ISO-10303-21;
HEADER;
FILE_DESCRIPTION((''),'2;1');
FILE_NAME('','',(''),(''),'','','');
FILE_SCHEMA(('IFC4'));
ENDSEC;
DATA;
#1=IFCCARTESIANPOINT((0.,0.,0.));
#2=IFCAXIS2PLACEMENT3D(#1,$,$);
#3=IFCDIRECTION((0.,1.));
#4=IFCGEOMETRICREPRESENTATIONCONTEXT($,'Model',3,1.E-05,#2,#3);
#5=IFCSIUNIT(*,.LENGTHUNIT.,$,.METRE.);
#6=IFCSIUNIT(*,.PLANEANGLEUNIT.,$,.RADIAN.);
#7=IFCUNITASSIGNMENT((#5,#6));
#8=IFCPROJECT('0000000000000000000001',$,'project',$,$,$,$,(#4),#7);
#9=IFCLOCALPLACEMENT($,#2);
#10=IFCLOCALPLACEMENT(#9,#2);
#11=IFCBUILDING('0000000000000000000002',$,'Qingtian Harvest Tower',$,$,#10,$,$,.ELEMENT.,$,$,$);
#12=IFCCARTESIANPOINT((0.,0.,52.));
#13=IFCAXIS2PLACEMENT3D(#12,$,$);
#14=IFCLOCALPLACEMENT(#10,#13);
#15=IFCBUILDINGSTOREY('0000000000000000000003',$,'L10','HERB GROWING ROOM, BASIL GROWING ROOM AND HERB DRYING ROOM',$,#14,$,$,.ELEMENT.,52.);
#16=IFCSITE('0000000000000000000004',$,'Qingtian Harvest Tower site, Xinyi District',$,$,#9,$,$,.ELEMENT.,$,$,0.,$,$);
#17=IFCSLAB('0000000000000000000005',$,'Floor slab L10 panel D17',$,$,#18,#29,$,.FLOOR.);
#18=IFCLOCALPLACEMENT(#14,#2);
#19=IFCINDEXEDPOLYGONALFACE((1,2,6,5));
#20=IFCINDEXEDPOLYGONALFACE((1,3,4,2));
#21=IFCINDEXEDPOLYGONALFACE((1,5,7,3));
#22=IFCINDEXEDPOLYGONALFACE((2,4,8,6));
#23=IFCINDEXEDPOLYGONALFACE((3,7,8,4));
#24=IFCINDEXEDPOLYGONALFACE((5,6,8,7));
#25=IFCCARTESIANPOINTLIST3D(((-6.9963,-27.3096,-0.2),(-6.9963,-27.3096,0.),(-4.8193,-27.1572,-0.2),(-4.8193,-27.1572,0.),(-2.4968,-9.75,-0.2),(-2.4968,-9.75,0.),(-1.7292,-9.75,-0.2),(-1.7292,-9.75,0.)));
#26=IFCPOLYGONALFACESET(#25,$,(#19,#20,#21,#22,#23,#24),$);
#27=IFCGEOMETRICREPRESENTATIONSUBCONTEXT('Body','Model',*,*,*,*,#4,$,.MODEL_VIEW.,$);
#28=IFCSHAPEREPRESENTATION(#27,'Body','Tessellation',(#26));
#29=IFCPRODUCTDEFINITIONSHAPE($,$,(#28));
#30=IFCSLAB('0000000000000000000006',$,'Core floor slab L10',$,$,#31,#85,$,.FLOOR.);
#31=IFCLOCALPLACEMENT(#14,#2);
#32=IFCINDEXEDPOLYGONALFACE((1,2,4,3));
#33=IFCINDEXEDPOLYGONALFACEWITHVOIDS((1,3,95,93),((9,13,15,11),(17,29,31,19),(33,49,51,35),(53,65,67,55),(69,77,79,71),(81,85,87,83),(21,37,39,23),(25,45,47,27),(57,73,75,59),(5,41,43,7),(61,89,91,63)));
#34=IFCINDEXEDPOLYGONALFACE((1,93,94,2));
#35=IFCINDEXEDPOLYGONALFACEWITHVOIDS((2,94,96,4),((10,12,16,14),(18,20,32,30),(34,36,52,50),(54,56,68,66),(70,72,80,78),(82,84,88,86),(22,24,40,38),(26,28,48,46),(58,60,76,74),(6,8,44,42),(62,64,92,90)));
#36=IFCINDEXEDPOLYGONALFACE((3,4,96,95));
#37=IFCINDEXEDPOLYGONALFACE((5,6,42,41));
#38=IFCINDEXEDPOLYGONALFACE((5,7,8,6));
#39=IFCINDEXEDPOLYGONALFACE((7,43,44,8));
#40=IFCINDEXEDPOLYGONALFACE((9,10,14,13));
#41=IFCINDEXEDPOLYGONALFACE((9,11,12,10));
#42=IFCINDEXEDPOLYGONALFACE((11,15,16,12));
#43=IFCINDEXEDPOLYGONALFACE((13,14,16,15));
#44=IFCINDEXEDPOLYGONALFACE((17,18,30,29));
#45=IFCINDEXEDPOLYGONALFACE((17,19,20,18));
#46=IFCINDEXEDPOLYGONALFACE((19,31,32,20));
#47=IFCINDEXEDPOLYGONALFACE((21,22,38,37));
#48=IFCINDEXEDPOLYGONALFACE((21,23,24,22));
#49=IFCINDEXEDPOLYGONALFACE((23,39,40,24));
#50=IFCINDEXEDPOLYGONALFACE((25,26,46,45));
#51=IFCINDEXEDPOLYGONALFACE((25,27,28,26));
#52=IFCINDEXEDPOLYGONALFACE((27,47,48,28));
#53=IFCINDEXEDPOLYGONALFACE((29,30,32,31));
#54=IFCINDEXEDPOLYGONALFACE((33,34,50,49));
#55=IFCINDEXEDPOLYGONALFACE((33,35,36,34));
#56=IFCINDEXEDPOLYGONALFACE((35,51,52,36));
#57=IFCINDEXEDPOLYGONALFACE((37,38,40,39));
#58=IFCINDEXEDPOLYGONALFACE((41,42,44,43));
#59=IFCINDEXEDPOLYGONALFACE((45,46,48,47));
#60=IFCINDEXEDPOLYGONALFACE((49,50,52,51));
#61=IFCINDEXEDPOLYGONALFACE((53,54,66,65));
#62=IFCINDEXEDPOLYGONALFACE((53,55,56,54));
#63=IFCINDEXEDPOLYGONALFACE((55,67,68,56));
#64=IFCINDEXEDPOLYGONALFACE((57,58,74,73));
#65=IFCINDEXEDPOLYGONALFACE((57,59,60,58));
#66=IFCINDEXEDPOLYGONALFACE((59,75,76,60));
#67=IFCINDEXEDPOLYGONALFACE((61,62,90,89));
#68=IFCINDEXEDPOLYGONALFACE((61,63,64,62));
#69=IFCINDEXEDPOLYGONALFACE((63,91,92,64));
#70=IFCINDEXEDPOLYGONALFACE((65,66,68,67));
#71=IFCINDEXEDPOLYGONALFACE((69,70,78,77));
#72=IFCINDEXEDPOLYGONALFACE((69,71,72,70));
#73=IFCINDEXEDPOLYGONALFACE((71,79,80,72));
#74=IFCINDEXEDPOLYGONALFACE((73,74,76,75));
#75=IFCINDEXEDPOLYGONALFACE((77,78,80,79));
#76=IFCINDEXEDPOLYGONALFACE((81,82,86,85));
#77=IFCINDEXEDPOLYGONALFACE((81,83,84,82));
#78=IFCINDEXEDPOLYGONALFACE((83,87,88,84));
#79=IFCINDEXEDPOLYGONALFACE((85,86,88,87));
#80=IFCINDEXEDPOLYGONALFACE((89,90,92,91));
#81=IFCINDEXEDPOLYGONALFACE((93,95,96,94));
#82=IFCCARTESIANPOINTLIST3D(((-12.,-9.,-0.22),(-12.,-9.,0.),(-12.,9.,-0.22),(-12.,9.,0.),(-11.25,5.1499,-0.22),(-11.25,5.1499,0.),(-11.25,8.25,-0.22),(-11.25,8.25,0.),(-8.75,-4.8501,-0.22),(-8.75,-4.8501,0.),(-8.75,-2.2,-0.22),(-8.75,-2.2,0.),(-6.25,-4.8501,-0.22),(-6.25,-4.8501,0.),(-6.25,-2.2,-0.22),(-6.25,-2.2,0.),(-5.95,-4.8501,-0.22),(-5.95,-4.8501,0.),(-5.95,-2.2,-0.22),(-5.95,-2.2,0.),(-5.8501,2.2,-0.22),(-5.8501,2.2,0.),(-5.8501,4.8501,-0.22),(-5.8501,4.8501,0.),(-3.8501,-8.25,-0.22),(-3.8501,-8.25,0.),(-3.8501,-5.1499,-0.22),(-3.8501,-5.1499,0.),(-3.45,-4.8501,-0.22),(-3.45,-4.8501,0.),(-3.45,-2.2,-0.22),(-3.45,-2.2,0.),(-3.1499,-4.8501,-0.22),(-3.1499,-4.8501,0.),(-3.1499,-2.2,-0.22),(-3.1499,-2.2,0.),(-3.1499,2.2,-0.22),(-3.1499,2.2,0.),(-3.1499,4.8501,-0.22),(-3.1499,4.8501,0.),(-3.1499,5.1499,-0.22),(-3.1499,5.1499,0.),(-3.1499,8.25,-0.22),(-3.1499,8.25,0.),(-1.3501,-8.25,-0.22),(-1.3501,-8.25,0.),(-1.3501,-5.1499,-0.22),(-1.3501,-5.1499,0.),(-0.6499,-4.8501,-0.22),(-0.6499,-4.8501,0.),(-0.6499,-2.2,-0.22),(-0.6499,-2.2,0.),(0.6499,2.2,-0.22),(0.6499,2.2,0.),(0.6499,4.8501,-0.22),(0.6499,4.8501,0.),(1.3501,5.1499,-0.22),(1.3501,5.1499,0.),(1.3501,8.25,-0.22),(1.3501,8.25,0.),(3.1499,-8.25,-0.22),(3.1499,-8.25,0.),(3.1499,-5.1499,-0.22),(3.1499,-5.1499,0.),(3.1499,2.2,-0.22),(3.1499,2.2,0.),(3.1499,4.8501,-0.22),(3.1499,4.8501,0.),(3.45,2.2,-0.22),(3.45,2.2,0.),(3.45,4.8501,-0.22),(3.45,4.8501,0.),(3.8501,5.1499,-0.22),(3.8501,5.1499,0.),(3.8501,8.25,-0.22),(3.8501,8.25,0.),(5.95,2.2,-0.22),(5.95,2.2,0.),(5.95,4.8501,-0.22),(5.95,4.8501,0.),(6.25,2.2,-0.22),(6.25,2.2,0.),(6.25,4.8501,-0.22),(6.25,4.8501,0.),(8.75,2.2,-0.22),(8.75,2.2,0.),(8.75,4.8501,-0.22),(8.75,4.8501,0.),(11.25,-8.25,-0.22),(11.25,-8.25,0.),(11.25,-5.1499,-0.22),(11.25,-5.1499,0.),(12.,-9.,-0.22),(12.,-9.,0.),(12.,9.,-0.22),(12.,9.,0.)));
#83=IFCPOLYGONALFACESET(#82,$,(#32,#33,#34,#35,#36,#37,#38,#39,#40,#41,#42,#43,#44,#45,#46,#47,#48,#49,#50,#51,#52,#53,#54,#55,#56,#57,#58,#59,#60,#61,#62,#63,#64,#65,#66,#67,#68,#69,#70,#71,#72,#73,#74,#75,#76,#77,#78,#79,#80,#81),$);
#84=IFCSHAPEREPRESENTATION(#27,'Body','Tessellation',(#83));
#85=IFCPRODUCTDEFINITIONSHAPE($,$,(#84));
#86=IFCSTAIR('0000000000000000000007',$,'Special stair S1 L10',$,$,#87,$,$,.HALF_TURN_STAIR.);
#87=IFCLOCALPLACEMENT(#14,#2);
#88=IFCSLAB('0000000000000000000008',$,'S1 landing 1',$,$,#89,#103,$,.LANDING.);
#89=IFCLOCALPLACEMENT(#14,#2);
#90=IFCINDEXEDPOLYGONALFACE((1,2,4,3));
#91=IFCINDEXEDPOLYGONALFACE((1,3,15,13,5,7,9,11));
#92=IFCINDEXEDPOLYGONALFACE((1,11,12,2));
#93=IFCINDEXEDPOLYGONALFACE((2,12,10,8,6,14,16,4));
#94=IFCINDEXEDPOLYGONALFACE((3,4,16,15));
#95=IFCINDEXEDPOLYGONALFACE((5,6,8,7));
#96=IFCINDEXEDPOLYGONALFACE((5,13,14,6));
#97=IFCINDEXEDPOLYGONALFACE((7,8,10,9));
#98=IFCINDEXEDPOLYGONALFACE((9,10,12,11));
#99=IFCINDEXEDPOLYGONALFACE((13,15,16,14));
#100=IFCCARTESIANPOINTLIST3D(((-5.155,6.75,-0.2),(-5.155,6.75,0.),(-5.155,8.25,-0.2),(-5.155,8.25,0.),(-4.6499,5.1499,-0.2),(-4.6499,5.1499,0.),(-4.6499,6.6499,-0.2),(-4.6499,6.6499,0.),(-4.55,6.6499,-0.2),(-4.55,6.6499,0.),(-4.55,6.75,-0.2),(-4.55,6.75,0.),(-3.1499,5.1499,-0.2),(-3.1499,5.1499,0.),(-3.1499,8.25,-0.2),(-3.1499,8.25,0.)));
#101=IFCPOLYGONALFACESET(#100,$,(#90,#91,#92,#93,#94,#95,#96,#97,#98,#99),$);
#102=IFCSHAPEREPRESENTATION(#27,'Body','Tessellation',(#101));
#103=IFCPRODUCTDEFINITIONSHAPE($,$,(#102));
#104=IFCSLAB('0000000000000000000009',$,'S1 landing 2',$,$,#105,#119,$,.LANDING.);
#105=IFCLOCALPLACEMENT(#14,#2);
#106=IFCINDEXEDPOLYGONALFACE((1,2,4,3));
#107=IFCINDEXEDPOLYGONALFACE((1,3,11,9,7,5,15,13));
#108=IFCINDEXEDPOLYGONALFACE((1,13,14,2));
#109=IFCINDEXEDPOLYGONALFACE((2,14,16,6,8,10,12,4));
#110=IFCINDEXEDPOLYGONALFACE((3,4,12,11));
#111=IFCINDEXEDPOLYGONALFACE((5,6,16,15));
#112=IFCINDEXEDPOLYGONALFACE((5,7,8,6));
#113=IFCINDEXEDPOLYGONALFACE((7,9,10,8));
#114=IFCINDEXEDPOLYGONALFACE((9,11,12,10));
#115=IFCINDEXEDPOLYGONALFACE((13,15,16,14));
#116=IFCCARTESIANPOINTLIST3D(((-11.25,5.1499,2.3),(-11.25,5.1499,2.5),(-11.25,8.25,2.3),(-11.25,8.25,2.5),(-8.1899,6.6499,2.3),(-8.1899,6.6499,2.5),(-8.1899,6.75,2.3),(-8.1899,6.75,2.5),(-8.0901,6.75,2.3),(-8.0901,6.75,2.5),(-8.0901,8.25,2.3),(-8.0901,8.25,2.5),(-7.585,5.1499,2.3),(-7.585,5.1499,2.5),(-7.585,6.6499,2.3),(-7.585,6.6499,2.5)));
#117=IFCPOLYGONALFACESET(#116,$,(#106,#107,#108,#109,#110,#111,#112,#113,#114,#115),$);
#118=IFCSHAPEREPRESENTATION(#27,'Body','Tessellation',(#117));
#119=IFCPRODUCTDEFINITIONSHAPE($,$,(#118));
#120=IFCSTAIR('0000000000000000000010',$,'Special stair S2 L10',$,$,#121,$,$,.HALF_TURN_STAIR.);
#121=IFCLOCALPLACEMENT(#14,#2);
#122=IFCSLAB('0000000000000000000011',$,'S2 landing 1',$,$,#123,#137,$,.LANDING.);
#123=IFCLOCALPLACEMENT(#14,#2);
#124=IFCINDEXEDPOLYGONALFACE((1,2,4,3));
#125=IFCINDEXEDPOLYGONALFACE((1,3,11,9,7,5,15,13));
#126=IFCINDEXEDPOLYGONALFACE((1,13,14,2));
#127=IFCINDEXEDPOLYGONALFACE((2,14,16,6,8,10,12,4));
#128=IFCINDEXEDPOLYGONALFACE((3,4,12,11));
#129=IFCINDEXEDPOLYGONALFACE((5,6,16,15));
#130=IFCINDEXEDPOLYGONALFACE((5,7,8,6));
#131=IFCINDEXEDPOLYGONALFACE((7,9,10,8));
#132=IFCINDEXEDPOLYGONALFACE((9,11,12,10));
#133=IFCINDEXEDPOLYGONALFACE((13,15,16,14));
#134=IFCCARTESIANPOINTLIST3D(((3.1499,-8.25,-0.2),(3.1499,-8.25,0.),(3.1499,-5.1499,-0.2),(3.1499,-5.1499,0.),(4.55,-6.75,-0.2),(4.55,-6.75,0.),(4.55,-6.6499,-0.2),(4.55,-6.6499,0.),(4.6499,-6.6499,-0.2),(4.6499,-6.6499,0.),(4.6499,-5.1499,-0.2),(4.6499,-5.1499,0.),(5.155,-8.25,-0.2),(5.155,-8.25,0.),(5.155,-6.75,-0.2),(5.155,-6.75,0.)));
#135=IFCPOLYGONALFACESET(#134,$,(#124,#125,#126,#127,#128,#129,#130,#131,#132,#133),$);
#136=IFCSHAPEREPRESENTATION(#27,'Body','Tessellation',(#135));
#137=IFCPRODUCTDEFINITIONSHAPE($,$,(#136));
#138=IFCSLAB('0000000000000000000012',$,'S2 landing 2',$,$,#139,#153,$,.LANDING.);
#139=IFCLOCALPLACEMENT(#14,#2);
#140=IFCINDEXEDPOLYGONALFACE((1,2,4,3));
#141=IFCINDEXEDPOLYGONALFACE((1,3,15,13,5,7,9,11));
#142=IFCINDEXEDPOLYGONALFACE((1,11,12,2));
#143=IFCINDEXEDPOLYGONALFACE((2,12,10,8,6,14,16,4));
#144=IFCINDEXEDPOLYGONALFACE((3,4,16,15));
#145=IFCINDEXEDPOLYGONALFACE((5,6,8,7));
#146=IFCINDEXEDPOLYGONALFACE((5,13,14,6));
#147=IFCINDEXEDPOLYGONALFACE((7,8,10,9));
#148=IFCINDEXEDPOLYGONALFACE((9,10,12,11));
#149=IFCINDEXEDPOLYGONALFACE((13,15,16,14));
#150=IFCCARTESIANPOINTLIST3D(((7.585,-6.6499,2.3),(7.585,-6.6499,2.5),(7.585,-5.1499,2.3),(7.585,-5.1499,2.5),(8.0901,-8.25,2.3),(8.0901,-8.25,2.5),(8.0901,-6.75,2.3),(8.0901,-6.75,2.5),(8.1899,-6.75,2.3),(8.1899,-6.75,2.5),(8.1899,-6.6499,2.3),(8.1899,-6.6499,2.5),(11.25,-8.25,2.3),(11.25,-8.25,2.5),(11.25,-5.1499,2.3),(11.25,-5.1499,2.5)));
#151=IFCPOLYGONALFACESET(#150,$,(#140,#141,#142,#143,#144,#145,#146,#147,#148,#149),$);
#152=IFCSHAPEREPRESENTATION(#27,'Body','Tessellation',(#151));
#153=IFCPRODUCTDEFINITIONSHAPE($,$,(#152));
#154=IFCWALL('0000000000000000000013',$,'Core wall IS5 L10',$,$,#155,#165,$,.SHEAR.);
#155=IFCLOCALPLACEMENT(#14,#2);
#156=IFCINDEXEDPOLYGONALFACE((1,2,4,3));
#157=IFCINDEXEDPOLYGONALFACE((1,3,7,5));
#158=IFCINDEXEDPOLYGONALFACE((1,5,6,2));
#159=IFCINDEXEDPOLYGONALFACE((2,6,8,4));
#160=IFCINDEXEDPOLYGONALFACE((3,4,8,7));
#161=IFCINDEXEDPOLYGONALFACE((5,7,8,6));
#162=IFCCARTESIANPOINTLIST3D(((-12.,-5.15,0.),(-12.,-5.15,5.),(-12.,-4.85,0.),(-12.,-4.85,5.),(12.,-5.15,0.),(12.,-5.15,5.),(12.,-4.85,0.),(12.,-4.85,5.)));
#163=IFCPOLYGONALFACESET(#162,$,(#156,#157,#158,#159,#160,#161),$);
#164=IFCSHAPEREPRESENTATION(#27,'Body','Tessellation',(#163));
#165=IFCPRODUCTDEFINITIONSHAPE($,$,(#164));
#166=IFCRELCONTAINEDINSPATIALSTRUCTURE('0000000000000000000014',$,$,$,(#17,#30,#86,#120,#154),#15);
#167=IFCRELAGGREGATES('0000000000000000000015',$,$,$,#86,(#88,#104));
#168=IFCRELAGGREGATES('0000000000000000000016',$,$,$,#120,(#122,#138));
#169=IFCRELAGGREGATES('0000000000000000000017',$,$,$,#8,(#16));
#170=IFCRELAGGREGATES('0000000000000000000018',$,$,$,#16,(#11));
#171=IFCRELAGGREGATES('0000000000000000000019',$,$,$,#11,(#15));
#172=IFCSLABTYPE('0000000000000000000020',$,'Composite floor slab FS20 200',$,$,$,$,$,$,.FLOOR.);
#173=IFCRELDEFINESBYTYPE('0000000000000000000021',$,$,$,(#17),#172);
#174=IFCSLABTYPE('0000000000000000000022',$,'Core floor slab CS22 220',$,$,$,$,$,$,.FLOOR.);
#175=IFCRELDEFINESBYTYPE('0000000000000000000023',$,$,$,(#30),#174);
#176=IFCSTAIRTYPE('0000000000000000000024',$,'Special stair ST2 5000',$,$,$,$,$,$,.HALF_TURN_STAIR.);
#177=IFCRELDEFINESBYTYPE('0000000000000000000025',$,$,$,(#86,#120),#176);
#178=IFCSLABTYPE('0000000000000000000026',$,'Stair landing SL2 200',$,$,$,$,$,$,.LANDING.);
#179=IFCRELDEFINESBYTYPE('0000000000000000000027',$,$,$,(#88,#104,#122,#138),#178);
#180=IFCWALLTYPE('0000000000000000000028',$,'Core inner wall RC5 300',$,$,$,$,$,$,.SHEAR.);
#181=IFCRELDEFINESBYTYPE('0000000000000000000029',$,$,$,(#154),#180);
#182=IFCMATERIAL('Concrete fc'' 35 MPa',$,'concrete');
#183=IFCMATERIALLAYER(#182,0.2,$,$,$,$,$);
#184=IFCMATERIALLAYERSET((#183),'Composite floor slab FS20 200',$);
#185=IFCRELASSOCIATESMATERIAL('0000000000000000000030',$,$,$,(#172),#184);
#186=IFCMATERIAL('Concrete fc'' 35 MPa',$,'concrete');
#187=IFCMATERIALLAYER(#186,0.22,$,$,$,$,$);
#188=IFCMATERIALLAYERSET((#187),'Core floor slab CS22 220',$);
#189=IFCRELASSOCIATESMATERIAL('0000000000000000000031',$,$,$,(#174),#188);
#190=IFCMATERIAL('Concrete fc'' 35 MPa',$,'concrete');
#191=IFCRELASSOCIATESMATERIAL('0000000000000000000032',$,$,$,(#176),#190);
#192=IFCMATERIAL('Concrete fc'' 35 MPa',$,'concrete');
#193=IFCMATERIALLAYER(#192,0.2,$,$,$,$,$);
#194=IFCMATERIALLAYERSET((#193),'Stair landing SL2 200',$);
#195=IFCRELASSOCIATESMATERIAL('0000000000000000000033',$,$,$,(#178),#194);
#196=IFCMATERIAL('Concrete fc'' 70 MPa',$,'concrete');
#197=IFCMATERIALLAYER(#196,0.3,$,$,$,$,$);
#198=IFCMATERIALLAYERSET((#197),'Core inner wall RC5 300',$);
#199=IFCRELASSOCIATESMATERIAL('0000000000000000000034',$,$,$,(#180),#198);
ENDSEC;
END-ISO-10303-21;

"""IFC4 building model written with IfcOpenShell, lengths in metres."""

from ifc_helpers import new_model, si_unit, direction, frame, frame_2d, origin, place, context, subcontext, project, spatial, polyline, rectangle, outline, extrude, material, layer, layer_set, type_object, element, aggregate, save


model = new_model("IFC4")

# Units and contexts
model_context = context("Model", 3, precision=1e-05, world=origin(), true_north=direction((0.0, 1.0)))
body_context = subcontext(model_context, "Body", "Model", "MODEL_VIEW")
ifc_project = project(units=[si_unit("LENGTHUNIT", "METRE"), si_unit("PLANEANGLEUNIT", "RADIAN")], contexts=[model_context])

# Site, building, storey
site_placement = place(None, origin())
site = spatial("IfcSite", under=ifc_project, at=site_placement, Name="Qingtian Harvest Tower site, Xinyi District", CompositionType="ELEMENT", RefElevation=0.0)
building_placement = place(site_placement, origin())
building = spatial("IfcBuilding", under=site, at=building_placement, Name="Qingtian Harvest Tower", CompositionType="ELEMENT")
storey_placement = place(building_placement, frame((0.0, 0.0, 52.0)))
storey = spatial("IfcBuildingStorey", under=building, at=storey_placement, Name="L10", Description="HERB GROWING ROOM, BASIL GROWING ROOM AND HERB DRYING ROOM", CompositionType="ELEMENT", Elevation=52.0)

# Slabs
ifc_material_1 = material(Name="Concrete fc' 35 MPa", Category="concrete")
ifc_layer_1 = layer(ifc_material_1, 0.2)
ifc_layer_set_1 = layer_set([ifc_layer_1], Name="Composite floor slab FS20 200")
slab_type_1 = type_object("IfcSlabType", Name="Composite floor slab FS20 200", PredefinedType="FLOOR", material=ifc_layer_set_1)
slab_1_placement = place(storey_placement, frame((0.0, 0.0, -0.2)))
element("IfcSlab", 1, at=slab_1_placement, inside=storey, type_object=slab_type_1, Name="Floor slab L10 panel D17", PredefinedType="FLOOR", context=body_context, shape_type="SweptSolid", body=[
    extrude(outline(polyline([(-1.7292, -9.75), (-4.8193, -27.1572), (-6.9963, -27.3096), (-2.4968, -9.75), (-1.7292, -9.75)])), origin(), (0.0, 0.0, 1.0), 0.2),
])
ifc_material_2 = material(Name="Concrete fc' 35 MPa", Category="concrete")
ifc_layer_2 = layer(ifc_material_2, 0.22)
ifc_layer_set_2 = layer_set([ifc_layer_2], Name="Core floor slab CS22 220")
slab_type_2 = type_object("IfcSlabType", Name="Core floor slab CS22 220", PredefinedType="FLOOR", material=ifc_layer_set_2)
slab_2_placement = place(storey_placement, frame((0.0, 0.0, -0.22)))
element("IfcSlab", 2, at=slab_2_placement, inside=storey, type_object=slab_type_2, Name="Core floor slab L10", PredefinedType="FLOOR", context=body_context, shape_type="SweptSolid", body=[
    extrude(outline(polyline([(-12.0, -9.0), (12.0, -9.0), (12.0, 9.0), (-12.0, 9.0), (-12.0, -9.0)]), holes=[polyline([(-11.25, 5.1499), (-3.1499, 5.1499), (-3.1499, 8.25), (-11.25, 8.25), (-11.25, 5.1499)]), polyline([(3.1499, -8.25), (11.25, -8.25), (11.25, -5.1499), (3.1499, -5.1499), (3.1499, -8.25)]), polyline([(1.3501, 5.1499), (3.8501, 5.1499), (3.8501, 8.25), (1.3501, 8.25), (1.3501, 5.1499)]), polyline([(-3.8501, -8.25), (-1.3501, -8.25), (-1.3501, -5.1499), (-3.8501, -5.1499), (-3.8501, -8.25)]), polyline([(-5.8501, 2.2), (-3.1499, 2.2), (-3.1499, 4.8501), (-5.8501, 4.8501), (-5.8501, 2.2)]), polyline([(0.6499, 2.2), (3.1499, 2.2), (3.1499, 4.8501), (0.6499, 4.8501), (0.6499, 2.2)]), polyline([(3.45, 2.2), (5.95, 2.2), (5.95, 4.8501), (3.45, 4.8501), (3.45, 2.2)]), polyline([(6.25, 2.2), (8.75, 2.2), (8.75, 4.8501), (6.25, 4.8501), (6.25, 2.2)]), polyline([(-8.75, -4.8501), (-6.25, -4.8501), (-6.25, -2.2), (-8.75, -2.2), (-8.75, -4.8501)]), polyline([(-5.95, -4.8501), (-3.45, -4.8501), (-3.45, -2.2), (-5.95, -2.2), (-5.95, -4.8501)]), polyline([(-3.1499, -4.8501), (-0.6499, -4.8501), (-0.6499, -2.2), (-3.1499, -2.2), (-3.1499, -4.8501)])]), origin(), (0.0, 0.0, 1.0), 0.22),
])

# Stairs, slabs
ifc_material_3 = material(Name="Concrete fc' 35 MPa", Category="concrete")
stair_type = type_object("IfcStairType", Name="Special stair ST2 5000", PredefinedType="HALF_TURN_STAIR", material=ifc_material_3)
stair_1_placement = place(storey_placement, origin())
stair_1 = element("IfcStair", 3, at=stair_1_placement, inside=storey, type_object=stair_type, Name="Special stair S1 L10", PredefinedType="HALF_TURN_STAIR")
ifc_material_4 = material(Name="Concrete fc' 35 MPa", Category="concrete")
ifc_layer_3 = layer(ifc_material_4, 0.2)
ifc_layer_set_3 = layer_set([ifc_layer_3], Name="Stair landing SL2 200")
slab_type_3 = type_object("IfcSlabType", Name="Stair landing SL2 200", PredefinedType="LANDING", material=ifc_layer_set_3)
slab_3_placement = place(storey_placement, frame((0.0, 0.0, -0.2)))
slab_3 = element("IfcSlab", 4, at=slab_3_placement, type_object=slab_type_3, Name="S1 landing 1", PredefinedType="LANDING", context=body_context, shape_type="SweptSolid", body=[
    extrude(outline(polyline([(-4.6499, 5.1499), (-4.6499, 6.6499), (-4.55, 6.6499), (-4.55, 6.75), (-5.155, 6.75), (-5.155, 8.25), (-3.1499, 8.25), (-3.1499, 5.1499), (-4.6499, 5.1499)])), origin(), (0.0, 0.0, 1.0), 0.2),
])
slab_4_placement = place(storey_placement, frame((0.0, 0.0, 2.3)))
slab_4 = element("IfcSlab", 5, at=slab_4_placement, type_object=slab_type_3, Name="S1 landing 2", PredefinedType="LANDING", context=body_context, shape_type="SweptSolid", body=[
    extrude(outline(polyline([(-7.585, 5.1499), (-11.25, 5.1499), (-11.25, 8.25), (-8.0901, 8.25), (-8.0901, 6.75), (-8.1899, 6.75), (-8.1899, 6.6499), (-7.585, 6.6499), (-7.585, 5.1499)])), origin(), (0.0, 0.0, 1.0), 0.2),
])
aggregate(stair_1, [slab_3, slab_4])
stair_2_placement = place(storey_placement, origin())
stair_2 = element("IfcStair", 6, at=stair_2_placement, inside=storey, type_object=stair_type, Name="Special stair S2 L10", PredefinedType="HALF_TURN_STAIR")
slab_5_placement = place(storey_placement, frame((0.0, 0.0, -0.2)))
slab_5 = element("IfcSlab", 7, at=slab_5_placement, type_object=slab_type_3, Name="S2 landing 1", PredefinedType="LANDING", context=body_context, shape_type="SweptSolid", body=[
    extrude(outline(polyline([(5.155, -8.25), (3.1499, -8.25), (3.1499, -5.1499), (4.6499, -5.1499), (4.6499, -6.6499), (4.55, -6.6499), (4.55, -6.75), (5.155, -6.75), (5.155, -8.25)])), origin(), (0.0, 0.0, 1.0), 0.2),
])
slab_6_placement = place(storey_placement, frame((0.0, 0.0, 2.3)))
slab_6 = element("IfcSlab", 8, at=slab_6_placement, type_object=slab_type_3, Name="S2 landing 2", PredefinedType="LANDING", context=body_context, shape_type="SweptSolid", body=[
    extrude(outline(polyline([(8.0901, -8.25), (8.0901, -6.75), (8.1899, -6.75), (8.1899, -6.6499), (7.585, -6.6499), (7.585, -5.1499), (11.25, -5.1499), (11.25, -8.25), (8.0901, -8.25)])), origin(), (0.0, 0.0, 1.0), 0.2),
])
aggregate(stair_2, [slab_5, slab_6])

# Wall
ifc_material_5 = material(Name="Concrete fc' 70 MPa", Category="concrete")
ifc_layer_4 = layer(ifc_material_5, 0.3)
ifc_layer_set_4 = layer_set([ifc_layer_4], Name="Core inner wall RC5 300")
wall_type_1 = type_object("IfcWallType", Name="Core inner wall RC5 300", PredefinedType="SHEAR", material=ifc_layer_set_4)
wall_1_placement = place(storey_placement, frame((-12.0, -5.0, 0.0), z_axis=(0.0, 0.0, 1.0), x_axis=(1.0, 0.0, 0.0)))
element("IfcWall", 9, at=wall_1_placement, inside=storey, type_object=wall_type_1, Name="Core wall IS5 L10", PredefinedType="SHEAR", context=body_context, shape_type="SweptSolid", body=[
    extrude(rectangle(XDim=24.0, YDim=0.3, at=frame_2d((12.0, 0.0))), origin(), (0.0, 0.0, 1.0), 5.0),
])

save(model, "model.ifc")
